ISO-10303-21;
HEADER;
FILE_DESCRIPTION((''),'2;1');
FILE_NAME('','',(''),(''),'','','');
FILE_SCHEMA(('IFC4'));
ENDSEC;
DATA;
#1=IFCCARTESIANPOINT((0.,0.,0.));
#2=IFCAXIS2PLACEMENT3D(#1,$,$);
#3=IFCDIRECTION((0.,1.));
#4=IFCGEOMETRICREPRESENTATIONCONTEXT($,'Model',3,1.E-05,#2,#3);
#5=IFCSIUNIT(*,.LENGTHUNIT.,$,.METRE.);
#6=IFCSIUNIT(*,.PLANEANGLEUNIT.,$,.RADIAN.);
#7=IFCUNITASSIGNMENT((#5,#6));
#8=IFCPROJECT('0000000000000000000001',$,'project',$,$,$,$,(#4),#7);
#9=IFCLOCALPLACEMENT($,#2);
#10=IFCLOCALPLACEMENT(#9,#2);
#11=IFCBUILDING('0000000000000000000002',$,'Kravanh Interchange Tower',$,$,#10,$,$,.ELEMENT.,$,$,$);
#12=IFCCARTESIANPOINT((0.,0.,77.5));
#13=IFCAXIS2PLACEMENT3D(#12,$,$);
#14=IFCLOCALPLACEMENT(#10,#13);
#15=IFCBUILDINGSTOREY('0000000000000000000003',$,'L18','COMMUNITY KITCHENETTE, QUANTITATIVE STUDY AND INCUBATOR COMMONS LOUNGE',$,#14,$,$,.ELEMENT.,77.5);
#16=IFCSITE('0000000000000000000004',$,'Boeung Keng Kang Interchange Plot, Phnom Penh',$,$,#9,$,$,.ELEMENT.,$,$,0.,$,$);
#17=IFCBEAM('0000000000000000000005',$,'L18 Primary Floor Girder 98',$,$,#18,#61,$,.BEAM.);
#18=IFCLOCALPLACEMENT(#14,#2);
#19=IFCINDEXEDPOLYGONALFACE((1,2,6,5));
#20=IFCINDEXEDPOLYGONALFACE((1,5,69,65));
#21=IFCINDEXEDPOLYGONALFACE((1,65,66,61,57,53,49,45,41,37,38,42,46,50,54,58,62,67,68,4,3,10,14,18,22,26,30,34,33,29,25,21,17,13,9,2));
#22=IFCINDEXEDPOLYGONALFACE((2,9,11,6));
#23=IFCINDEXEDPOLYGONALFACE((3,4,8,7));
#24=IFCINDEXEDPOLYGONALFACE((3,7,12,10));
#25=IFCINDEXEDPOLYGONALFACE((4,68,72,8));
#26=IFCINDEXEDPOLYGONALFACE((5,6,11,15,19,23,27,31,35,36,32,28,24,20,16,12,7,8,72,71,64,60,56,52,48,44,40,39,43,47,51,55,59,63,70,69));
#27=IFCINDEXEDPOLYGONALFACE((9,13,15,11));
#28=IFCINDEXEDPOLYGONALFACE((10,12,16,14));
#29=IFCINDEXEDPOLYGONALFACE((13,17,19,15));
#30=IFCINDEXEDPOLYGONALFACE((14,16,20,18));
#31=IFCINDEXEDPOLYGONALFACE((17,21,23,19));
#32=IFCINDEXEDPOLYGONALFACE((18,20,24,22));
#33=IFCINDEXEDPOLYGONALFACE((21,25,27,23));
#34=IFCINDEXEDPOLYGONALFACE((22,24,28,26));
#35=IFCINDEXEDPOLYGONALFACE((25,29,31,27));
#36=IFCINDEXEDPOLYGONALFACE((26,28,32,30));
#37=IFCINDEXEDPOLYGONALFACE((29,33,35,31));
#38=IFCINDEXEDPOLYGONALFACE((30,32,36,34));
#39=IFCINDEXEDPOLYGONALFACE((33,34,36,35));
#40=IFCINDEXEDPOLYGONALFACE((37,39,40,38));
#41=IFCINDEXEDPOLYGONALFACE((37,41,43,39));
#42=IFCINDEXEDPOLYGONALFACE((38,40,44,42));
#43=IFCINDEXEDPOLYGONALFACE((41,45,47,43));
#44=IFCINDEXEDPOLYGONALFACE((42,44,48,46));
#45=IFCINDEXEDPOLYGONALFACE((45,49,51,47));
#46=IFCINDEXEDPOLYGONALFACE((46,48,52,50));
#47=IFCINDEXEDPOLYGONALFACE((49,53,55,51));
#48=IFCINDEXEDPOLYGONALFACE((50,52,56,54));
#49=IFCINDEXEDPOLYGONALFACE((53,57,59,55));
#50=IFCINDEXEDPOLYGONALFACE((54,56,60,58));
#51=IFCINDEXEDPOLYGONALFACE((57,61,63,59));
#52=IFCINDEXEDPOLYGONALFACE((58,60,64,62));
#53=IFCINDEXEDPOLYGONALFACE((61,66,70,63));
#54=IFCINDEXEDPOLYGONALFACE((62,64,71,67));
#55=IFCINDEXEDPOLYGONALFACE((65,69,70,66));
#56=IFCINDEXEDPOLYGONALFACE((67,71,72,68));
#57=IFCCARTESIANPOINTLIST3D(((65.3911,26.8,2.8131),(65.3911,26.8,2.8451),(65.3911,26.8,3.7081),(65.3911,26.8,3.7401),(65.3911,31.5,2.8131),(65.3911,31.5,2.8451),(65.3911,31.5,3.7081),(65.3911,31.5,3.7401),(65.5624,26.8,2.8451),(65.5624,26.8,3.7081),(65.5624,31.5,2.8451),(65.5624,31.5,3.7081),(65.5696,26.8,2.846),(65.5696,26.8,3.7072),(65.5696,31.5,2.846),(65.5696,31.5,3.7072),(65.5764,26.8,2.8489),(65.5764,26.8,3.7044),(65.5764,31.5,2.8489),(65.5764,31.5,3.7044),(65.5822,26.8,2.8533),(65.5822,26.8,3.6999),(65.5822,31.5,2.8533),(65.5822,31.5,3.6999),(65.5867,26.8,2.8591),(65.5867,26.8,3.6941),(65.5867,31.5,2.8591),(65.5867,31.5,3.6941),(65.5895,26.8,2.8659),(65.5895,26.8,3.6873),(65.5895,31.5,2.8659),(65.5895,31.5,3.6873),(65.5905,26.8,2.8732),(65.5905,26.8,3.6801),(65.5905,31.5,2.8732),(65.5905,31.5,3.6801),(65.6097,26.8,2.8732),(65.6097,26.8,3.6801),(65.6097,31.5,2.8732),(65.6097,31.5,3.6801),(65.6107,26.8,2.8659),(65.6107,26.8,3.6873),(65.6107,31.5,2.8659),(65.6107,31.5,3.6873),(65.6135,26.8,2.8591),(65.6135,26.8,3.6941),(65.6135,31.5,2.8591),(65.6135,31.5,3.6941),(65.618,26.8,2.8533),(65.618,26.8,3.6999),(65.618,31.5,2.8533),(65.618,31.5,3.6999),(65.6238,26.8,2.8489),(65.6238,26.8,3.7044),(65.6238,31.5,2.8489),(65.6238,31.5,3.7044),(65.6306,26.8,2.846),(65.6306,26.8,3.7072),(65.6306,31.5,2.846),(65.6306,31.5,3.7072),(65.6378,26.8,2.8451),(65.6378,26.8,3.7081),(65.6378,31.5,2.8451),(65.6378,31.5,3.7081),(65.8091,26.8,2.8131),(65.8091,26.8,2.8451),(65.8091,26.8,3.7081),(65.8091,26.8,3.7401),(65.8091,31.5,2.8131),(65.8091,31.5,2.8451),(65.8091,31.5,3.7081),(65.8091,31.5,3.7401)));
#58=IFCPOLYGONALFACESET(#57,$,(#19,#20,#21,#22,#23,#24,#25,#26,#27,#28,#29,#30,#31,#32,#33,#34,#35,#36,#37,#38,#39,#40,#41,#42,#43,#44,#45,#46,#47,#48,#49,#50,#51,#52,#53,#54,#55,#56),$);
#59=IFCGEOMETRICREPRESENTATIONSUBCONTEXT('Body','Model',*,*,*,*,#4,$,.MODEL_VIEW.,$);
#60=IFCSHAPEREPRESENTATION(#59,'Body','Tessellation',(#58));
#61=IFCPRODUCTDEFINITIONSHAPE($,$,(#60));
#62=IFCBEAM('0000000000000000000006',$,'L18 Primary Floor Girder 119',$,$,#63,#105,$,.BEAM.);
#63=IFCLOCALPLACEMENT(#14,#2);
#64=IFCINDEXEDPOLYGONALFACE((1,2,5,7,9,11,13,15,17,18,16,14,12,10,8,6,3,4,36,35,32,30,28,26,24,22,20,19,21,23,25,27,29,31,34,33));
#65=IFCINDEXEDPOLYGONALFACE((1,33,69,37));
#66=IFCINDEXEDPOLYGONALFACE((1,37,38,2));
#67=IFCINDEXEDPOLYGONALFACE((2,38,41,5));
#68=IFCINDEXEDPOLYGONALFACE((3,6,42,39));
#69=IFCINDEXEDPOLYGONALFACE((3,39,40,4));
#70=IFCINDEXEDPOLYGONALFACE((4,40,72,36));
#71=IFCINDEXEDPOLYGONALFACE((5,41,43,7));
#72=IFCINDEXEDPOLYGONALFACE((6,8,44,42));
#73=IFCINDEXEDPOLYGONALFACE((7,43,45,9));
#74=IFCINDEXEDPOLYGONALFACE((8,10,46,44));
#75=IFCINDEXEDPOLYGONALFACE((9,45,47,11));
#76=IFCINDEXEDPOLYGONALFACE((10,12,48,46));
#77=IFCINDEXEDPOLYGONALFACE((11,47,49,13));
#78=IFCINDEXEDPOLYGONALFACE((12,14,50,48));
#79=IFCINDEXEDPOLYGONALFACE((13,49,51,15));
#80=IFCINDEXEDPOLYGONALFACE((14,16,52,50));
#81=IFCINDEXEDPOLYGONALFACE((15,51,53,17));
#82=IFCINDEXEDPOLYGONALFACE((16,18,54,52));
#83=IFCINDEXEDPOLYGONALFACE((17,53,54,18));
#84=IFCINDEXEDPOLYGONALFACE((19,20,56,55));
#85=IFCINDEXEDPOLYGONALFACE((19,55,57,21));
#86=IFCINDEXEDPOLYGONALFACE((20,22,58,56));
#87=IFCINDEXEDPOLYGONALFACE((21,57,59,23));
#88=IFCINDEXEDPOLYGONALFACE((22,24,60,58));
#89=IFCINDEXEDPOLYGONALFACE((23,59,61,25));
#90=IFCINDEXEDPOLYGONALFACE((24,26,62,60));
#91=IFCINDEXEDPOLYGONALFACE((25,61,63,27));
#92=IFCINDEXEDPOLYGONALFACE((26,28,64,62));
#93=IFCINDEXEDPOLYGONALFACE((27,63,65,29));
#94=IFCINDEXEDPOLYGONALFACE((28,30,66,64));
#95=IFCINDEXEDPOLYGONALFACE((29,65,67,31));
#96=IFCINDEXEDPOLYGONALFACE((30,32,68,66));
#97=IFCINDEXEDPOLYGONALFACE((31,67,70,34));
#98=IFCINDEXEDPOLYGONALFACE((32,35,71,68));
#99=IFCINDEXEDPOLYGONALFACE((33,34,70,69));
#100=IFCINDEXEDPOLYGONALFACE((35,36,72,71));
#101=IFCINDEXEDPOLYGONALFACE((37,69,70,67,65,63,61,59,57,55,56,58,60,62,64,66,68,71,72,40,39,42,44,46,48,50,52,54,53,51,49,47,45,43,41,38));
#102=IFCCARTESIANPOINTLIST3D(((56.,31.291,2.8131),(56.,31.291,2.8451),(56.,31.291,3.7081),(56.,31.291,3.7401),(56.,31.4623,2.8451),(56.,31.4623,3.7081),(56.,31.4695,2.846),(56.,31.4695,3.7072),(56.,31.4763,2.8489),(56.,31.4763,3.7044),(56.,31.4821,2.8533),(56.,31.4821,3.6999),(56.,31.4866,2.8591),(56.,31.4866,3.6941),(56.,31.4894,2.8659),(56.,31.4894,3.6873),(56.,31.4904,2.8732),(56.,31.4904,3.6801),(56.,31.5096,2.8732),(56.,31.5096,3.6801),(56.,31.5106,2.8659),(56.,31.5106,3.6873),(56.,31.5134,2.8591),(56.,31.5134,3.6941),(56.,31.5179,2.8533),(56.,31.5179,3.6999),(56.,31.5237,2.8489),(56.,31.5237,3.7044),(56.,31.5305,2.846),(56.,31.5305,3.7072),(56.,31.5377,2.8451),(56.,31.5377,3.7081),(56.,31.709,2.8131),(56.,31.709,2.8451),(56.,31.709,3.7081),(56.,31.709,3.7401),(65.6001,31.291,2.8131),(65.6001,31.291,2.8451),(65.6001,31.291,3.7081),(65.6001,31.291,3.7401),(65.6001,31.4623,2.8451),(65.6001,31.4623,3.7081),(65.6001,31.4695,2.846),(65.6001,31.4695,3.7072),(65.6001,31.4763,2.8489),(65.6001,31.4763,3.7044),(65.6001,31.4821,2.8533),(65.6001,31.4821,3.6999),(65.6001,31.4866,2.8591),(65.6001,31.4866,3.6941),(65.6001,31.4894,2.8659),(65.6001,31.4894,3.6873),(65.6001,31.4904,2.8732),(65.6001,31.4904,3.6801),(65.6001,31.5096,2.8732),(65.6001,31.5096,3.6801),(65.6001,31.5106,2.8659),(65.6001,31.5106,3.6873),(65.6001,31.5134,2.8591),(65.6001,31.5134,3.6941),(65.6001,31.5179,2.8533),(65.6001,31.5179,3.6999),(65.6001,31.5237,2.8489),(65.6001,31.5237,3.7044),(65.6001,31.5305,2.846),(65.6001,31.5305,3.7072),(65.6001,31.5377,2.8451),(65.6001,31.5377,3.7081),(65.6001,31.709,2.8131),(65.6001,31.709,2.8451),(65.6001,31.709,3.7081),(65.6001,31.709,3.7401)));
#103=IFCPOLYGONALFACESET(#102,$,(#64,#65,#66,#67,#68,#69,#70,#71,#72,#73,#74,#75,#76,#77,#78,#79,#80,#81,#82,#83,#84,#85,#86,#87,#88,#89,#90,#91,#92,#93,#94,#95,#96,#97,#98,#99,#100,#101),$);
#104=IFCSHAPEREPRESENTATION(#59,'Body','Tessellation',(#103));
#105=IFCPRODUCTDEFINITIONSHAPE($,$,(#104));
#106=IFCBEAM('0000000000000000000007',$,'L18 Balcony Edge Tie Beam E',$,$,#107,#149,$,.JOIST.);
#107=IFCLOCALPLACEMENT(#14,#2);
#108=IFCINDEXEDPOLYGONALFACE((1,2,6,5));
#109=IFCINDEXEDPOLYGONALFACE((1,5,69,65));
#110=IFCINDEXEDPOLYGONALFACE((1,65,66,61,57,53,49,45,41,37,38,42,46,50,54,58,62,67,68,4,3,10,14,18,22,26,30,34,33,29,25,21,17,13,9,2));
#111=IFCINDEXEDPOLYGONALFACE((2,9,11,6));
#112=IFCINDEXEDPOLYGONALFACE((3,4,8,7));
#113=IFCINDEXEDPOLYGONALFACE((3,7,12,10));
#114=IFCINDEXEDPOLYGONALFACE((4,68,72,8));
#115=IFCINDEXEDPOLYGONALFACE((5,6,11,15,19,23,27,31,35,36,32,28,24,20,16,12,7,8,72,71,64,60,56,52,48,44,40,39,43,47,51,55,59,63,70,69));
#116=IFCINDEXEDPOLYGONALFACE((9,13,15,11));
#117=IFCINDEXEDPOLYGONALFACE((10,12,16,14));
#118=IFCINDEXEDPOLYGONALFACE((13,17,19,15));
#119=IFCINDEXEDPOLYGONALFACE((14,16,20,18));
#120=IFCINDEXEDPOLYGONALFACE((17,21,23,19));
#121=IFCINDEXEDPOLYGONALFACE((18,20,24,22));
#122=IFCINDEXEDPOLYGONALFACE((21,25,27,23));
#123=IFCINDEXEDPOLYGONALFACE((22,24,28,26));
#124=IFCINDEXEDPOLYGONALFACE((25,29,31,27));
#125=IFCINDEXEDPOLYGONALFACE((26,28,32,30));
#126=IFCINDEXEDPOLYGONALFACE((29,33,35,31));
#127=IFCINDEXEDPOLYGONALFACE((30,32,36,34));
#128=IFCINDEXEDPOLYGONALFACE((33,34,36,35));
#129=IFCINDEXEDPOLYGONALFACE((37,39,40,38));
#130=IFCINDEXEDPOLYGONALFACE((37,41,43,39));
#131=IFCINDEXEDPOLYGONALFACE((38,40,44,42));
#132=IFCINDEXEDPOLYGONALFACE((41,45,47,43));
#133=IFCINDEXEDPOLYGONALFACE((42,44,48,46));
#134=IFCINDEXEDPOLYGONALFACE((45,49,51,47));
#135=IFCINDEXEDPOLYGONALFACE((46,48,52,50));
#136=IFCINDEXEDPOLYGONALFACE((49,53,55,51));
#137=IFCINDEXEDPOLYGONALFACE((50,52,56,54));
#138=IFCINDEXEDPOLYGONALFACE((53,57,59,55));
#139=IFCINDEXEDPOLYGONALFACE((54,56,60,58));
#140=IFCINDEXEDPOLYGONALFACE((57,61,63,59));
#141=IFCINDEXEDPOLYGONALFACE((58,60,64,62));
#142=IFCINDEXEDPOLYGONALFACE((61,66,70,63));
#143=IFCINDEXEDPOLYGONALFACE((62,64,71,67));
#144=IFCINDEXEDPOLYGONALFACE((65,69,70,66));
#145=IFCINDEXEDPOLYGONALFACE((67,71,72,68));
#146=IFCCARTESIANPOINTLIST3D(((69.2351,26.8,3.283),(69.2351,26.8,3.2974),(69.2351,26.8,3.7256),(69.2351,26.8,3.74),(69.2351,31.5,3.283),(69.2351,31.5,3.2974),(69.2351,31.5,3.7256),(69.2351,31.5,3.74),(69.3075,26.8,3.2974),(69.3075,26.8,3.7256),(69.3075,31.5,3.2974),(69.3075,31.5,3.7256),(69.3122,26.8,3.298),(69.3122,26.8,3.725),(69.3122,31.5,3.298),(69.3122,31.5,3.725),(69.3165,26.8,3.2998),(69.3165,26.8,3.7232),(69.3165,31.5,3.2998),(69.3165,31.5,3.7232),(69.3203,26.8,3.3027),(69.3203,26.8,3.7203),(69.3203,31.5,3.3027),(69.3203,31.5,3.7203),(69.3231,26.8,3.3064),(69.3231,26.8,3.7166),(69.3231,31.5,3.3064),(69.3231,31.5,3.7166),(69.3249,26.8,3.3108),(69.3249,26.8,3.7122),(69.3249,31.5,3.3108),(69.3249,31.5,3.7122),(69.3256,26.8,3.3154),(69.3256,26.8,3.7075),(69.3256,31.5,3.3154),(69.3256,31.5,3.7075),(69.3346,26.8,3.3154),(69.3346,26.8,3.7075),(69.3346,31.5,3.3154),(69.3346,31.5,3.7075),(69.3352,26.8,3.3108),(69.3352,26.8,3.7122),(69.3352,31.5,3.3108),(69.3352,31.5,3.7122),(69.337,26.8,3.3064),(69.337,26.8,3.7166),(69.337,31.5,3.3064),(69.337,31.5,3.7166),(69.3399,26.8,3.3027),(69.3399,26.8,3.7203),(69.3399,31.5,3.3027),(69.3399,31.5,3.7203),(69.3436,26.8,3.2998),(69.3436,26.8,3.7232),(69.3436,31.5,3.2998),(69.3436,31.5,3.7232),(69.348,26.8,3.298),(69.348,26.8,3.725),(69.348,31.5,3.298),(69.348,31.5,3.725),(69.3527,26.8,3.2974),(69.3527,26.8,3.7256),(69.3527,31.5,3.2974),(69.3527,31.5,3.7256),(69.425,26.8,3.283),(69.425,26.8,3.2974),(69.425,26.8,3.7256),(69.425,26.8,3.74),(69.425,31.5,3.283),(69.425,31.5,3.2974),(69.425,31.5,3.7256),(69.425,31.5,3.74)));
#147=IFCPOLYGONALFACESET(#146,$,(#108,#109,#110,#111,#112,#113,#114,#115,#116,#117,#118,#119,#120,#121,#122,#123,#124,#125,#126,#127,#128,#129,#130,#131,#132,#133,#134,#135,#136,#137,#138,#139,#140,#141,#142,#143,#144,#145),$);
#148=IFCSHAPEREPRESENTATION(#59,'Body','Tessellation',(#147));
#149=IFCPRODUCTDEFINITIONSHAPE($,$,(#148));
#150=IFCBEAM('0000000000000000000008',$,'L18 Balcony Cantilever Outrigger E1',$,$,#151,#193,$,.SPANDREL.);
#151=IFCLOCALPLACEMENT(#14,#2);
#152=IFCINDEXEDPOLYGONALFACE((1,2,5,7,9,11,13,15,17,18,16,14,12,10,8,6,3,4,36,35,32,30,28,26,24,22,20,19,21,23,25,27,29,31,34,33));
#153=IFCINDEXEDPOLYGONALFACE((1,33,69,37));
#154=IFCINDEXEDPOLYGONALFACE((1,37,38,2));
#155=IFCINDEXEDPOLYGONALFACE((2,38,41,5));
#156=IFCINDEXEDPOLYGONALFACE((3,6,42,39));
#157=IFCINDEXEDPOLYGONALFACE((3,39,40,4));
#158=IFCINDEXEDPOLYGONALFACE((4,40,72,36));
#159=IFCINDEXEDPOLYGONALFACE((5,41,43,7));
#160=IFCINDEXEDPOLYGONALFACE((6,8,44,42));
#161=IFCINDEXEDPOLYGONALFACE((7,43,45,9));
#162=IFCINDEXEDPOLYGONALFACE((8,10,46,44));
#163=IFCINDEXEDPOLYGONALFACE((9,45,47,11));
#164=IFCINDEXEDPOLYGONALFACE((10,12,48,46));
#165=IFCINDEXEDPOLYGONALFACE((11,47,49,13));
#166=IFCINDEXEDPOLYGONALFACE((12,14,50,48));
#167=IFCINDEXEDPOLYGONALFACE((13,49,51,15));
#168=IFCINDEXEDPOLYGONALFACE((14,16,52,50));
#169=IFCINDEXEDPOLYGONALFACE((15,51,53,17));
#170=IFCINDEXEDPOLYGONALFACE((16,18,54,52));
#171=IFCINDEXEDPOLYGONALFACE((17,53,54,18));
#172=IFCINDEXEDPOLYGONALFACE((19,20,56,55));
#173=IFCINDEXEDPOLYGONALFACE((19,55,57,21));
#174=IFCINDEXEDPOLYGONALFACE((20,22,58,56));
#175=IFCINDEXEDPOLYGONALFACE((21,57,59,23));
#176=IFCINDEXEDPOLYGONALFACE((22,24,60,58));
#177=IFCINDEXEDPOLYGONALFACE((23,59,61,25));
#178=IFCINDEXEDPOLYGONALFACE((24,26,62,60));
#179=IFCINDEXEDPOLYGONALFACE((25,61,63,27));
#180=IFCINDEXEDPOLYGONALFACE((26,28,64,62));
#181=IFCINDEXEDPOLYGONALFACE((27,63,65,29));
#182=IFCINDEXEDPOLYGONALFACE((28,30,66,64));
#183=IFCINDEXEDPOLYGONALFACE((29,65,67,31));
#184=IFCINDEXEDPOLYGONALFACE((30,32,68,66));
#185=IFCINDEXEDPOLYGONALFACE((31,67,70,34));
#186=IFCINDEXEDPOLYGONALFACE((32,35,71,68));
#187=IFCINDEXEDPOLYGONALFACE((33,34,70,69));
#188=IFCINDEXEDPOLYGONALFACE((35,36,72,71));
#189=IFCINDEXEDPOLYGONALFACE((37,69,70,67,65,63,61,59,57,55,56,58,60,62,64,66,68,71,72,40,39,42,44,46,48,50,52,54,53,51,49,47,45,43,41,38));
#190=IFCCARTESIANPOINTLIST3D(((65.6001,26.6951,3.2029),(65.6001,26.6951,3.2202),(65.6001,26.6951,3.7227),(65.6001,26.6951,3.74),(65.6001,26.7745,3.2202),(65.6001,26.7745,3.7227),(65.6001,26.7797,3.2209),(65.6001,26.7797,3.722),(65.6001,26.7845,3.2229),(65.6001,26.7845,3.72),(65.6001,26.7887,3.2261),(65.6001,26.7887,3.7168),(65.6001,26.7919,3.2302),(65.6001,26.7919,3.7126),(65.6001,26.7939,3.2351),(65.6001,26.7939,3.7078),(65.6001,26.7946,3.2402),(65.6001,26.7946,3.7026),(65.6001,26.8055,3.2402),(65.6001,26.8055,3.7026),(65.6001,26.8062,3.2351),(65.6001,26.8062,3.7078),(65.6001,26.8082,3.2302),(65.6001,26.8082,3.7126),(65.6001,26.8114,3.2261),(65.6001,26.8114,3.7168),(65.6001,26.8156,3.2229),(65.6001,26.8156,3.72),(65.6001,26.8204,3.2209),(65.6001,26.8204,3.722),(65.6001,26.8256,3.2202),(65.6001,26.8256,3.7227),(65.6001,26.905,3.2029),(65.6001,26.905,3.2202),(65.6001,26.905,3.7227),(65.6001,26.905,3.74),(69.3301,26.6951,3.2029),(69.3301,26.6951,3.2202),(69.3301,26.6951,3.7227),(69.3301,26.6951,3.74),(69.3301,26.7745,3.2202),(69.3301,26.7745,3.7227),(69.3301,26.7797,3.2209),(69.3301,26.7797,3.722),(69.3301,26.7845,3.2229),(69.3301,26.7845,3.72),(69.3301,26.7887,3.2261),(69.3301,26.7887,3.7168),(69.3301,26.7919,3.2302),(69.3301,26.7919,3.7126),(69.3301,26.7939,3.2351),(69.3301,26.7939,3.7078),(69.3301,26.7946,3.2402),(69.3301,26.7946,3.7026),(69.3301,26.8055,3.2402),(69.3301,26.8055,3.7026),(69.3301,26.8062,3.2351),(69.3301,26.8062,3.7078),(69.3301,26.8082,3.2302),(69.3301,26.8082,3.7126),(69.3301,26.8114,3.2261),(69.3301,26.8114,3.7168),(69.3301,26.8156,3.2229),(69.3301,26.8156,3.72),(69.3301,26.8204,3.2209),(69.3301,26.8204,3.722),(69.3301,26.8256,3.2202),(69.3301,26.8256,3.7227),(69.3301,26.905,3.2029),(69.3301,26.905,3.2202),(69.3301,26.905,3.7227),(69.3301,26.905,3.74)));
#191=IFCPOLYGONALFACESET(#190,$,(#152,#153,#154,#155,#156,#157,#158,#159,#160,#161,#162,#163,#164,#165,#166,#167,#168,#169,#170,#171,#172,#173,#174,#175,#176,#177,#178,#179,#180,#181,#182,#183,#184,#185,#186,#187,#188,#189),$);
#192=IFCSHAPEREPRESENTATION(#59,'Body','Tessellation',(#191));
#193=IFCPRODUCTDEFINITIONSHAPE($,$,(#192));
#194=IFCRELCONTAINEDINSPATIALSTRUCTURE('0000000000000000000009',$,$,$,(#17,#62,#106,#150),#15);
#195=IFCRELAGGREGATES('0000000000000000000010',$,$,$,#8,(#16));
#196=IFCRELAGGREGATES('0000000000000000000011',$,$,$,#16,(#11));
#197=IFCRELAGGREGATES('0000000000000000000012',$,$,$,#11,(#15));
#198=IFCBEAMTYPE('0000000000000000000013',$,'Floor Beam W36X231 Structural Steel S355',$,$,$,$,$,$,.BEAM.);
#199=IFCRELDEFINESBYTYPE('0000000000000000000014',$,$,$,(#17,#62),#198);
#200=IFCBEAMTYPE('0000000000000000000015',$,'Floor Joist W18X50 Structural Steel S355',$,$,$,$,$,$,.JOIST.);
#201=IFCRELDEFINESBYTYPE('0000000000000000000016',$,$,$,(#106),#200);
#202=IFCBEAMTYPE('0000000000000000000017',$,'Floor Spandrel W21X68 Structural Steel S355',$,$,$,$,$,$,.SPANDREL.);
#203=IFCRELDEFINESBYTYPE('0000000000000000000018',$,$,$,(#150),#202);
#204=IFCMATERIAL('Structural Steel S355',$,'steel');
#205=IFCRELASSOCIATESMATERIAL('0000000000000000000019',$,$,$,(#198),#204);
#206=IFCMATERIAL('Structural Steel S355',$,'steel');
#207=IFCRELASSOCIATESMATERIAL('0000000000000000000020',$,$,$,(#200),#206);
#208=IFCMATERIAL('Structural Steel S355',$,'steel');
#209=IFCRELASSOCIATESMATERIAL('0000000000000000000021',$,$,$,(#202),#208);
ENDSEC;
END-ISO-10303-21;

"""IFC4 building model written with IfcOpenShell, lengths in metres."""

from ifc_helpers import new_model, si_unit, direction, frame, origin, origin_2d, place, context, subcontext, project, spatial, i_section, extrude, material, material_profile, profile_set, type_object, element, save


model = new_model("IFC4")

# Units and contexts
model_context = context("Model", 3, precision=1e-05, world=origin(), true_north=direction((0.0, 1.0)))
body_context = subcontext(model_context, "Body", "Model", "MODEL_VIEW")
ifc_project = project(units=[si_unit("LENGTHUNIT", "METRE"), si_unit("PLANEANGLEUNIT", "RADIAN")], contexts=[model_context])

# Site, building, storey
site_placement = place(None, origin())
site = spatial("IfcSite", under=ifc_project, at=site_placement, Name="Boeung Keng Kang Interchange Plot, Phnom Penh", CompositionType="ELEMENT", RefElevation=0.0)
building_placement = place(site_placement, origin())
building = spatial("IfcBuilding", under=site, at=building_placement, Name="Kravanh Interchange Tower", CompositionType="ELEMENT")
storey_placement = place(building_placement, frame((0.0, 0.0, 77.5)))
storey = spatial("IfcBuildingStorey", under=building, at=storey_placement, Name="L18", Description="COMMUNITY KITCHENETTE, QUANTITATIVE STUDY AND INCUBATOR COMMONS LOUNGE", CompositionType="ELEMENT", Elevation=77.5)

# Beams
ifc_material_1 = material(Name="Structural Steel S355", Category="steel")
ifc_material_profile_1 = material_profile(ifc_material_1, i_section(OverallWidth=0.418, OverallDepth=0.927, WebThickness=0.0193, FlangeThickness=0.032, FilletRadius=0.0281, at=origin_2d()), Name="W36X231")
ifc_profile_set_1 = profile_set([ifc_material_profile_1], Name="Structural Steel S355")
beam_type_1 = type_object("IfcBeamType", Name="Floor Beam W36X231 Structural Steel S355", PredefinedType="BEAM", material=ifc_profile_set_1)
beam_1_placement = place(storey_placement, frame((65.6001, 26.8, 3.2766), z_axis=(0.0, 1.0, 0.0), x_axis=(-1.0, 0.0, 0.0)))
element("IfcBeam", 1, at=beam_1_placement, inside=storey, type_object=beam_type_1, Name="L18 Primary Floor Girder 98", PredefinedType="BEAM", context=body_context, shape_type="SweptSolid", body=[
    extrude(i_section(OverallWidth=0.418, OverallDepth=0.927, WebThickness=0.0193, FlangeThickness=0.032, FilletRadius=0.0281, at=origin_2d()), origin(), (0.0, 0.0, 1.0), 4.7),
])
beam_2_placement = place(storey_placement, frame((56.0, 31.5, 3.2766), z_axis=(1.0, 0.0, 0.0), x_axis=(0.0, 1.0, 0.0)))
element("IfcBeam", 2, at=beam_2_placement, inside=storey, type_object=beam_type_1, Name="L18 Primary Floor Girder 119", PredefinedType="BEAM", context=body_context, shape_type="SweptSolid", body=[
    extrude(i_section(OverallWidth=0.418, OverallDepth=0.927, WebThickness=0.0193, FlangeThickness=0.032, FilletRadius=0.0281, at=origin_2d()), origin(), (0.0, 0.0, 1.0), 9.6001),
])
ifc_material_2 = material(Name="Structural Steel S355", Category="steel")
ifc_material_profile_2 = material_profile(ifc_material_2, i_section(OverallWidth=0.1899, OverallDepth=0.457, WebThickness=0.009, FlangeThickness=0.0144, FilletRadius=0.0181, at=origin_2d()), Name="W18X50")
ifc_profile_set_2 = profile_set([ifc_material_profile_2], Name="Structural Steel S355")
beam_type_2 = type_object("IfcBeamType", Name="Floor Joist W18X50 Structural Steel S355", PredefinedType="JOIST", material=ifc_profile_set_2)
beam_3_placement = place(storey_placement, frame((69.3301, 26.8, 3.5115), z_axis=(0.0, 1.0, 0.0), x_axis=(-1.0, 0.0, 0.0)))
element("IfcBeam", 3, at=beam_3_placement, inside=storey, type_object=beam_type_2, Name="L18 Balcony Edge Tie Beam E", PredefinedType="JOIST", context=body_context, shape_type="SweptSolid", body=[
    extrude(i_section(OverallWidth=0.1899, OverallDepth=0.457, WebThickness=0.009, FlangeThickness=0.0144, FilletRadius=0.0181, at=origin_2d()), origin(), (0.0, 0.0, 1.0), 4.7),
])
ifc_material_3 = material(Name="Structural Steel S355", Category="steel")
ifc_material_profile_3 = material_profile(ifc_material_3, i_section(OverallWidth=0.21, OverallDepth=0.5371, WebThickness=0.011, FlangeThickness=0.0173, FilletRadius=0.02, at=origin_2d()), Name="W21X68")
ifc_profile_set_3 = profile_set([ifc_material_profile_3], Name="Structural Steel S355")
beam_type_3 = type_object("IfcBeamType", Name="Floor Spandrel W21X68 Structural Steel S355", PredefinedType="SPANDREL", material=ifc_profile_set_3)
for number, where, z_axis, x_axis, name in (
    (4, (65.6001, 26.8, 3.4714), (1.0, 0.0, 0.0), (0.0, 1.0, 0.0), "L18 Balcony Cantilever Outrigger E1"),
):
    element("IfcBeam", number, at=place(storey_placement, frame(where, z_axis=z_axis, x_axis=x_axis)), inside=storey, type_object=beam_type_3, Name=name, PredefinedType="SPANDREL", context=body_context, shape_type="SweptSolid", body=[
        extrude(i_section(OverallWidth=0.21, OverallDepth=0.5371, WebThickness=0.011, FlangeThickness=0.0173, FilletRadius=0.02, at=origin_2d()), origin(), (0.0, 0.0, 1.0), 3.73),
    ])

save(model, "model.ifc")
